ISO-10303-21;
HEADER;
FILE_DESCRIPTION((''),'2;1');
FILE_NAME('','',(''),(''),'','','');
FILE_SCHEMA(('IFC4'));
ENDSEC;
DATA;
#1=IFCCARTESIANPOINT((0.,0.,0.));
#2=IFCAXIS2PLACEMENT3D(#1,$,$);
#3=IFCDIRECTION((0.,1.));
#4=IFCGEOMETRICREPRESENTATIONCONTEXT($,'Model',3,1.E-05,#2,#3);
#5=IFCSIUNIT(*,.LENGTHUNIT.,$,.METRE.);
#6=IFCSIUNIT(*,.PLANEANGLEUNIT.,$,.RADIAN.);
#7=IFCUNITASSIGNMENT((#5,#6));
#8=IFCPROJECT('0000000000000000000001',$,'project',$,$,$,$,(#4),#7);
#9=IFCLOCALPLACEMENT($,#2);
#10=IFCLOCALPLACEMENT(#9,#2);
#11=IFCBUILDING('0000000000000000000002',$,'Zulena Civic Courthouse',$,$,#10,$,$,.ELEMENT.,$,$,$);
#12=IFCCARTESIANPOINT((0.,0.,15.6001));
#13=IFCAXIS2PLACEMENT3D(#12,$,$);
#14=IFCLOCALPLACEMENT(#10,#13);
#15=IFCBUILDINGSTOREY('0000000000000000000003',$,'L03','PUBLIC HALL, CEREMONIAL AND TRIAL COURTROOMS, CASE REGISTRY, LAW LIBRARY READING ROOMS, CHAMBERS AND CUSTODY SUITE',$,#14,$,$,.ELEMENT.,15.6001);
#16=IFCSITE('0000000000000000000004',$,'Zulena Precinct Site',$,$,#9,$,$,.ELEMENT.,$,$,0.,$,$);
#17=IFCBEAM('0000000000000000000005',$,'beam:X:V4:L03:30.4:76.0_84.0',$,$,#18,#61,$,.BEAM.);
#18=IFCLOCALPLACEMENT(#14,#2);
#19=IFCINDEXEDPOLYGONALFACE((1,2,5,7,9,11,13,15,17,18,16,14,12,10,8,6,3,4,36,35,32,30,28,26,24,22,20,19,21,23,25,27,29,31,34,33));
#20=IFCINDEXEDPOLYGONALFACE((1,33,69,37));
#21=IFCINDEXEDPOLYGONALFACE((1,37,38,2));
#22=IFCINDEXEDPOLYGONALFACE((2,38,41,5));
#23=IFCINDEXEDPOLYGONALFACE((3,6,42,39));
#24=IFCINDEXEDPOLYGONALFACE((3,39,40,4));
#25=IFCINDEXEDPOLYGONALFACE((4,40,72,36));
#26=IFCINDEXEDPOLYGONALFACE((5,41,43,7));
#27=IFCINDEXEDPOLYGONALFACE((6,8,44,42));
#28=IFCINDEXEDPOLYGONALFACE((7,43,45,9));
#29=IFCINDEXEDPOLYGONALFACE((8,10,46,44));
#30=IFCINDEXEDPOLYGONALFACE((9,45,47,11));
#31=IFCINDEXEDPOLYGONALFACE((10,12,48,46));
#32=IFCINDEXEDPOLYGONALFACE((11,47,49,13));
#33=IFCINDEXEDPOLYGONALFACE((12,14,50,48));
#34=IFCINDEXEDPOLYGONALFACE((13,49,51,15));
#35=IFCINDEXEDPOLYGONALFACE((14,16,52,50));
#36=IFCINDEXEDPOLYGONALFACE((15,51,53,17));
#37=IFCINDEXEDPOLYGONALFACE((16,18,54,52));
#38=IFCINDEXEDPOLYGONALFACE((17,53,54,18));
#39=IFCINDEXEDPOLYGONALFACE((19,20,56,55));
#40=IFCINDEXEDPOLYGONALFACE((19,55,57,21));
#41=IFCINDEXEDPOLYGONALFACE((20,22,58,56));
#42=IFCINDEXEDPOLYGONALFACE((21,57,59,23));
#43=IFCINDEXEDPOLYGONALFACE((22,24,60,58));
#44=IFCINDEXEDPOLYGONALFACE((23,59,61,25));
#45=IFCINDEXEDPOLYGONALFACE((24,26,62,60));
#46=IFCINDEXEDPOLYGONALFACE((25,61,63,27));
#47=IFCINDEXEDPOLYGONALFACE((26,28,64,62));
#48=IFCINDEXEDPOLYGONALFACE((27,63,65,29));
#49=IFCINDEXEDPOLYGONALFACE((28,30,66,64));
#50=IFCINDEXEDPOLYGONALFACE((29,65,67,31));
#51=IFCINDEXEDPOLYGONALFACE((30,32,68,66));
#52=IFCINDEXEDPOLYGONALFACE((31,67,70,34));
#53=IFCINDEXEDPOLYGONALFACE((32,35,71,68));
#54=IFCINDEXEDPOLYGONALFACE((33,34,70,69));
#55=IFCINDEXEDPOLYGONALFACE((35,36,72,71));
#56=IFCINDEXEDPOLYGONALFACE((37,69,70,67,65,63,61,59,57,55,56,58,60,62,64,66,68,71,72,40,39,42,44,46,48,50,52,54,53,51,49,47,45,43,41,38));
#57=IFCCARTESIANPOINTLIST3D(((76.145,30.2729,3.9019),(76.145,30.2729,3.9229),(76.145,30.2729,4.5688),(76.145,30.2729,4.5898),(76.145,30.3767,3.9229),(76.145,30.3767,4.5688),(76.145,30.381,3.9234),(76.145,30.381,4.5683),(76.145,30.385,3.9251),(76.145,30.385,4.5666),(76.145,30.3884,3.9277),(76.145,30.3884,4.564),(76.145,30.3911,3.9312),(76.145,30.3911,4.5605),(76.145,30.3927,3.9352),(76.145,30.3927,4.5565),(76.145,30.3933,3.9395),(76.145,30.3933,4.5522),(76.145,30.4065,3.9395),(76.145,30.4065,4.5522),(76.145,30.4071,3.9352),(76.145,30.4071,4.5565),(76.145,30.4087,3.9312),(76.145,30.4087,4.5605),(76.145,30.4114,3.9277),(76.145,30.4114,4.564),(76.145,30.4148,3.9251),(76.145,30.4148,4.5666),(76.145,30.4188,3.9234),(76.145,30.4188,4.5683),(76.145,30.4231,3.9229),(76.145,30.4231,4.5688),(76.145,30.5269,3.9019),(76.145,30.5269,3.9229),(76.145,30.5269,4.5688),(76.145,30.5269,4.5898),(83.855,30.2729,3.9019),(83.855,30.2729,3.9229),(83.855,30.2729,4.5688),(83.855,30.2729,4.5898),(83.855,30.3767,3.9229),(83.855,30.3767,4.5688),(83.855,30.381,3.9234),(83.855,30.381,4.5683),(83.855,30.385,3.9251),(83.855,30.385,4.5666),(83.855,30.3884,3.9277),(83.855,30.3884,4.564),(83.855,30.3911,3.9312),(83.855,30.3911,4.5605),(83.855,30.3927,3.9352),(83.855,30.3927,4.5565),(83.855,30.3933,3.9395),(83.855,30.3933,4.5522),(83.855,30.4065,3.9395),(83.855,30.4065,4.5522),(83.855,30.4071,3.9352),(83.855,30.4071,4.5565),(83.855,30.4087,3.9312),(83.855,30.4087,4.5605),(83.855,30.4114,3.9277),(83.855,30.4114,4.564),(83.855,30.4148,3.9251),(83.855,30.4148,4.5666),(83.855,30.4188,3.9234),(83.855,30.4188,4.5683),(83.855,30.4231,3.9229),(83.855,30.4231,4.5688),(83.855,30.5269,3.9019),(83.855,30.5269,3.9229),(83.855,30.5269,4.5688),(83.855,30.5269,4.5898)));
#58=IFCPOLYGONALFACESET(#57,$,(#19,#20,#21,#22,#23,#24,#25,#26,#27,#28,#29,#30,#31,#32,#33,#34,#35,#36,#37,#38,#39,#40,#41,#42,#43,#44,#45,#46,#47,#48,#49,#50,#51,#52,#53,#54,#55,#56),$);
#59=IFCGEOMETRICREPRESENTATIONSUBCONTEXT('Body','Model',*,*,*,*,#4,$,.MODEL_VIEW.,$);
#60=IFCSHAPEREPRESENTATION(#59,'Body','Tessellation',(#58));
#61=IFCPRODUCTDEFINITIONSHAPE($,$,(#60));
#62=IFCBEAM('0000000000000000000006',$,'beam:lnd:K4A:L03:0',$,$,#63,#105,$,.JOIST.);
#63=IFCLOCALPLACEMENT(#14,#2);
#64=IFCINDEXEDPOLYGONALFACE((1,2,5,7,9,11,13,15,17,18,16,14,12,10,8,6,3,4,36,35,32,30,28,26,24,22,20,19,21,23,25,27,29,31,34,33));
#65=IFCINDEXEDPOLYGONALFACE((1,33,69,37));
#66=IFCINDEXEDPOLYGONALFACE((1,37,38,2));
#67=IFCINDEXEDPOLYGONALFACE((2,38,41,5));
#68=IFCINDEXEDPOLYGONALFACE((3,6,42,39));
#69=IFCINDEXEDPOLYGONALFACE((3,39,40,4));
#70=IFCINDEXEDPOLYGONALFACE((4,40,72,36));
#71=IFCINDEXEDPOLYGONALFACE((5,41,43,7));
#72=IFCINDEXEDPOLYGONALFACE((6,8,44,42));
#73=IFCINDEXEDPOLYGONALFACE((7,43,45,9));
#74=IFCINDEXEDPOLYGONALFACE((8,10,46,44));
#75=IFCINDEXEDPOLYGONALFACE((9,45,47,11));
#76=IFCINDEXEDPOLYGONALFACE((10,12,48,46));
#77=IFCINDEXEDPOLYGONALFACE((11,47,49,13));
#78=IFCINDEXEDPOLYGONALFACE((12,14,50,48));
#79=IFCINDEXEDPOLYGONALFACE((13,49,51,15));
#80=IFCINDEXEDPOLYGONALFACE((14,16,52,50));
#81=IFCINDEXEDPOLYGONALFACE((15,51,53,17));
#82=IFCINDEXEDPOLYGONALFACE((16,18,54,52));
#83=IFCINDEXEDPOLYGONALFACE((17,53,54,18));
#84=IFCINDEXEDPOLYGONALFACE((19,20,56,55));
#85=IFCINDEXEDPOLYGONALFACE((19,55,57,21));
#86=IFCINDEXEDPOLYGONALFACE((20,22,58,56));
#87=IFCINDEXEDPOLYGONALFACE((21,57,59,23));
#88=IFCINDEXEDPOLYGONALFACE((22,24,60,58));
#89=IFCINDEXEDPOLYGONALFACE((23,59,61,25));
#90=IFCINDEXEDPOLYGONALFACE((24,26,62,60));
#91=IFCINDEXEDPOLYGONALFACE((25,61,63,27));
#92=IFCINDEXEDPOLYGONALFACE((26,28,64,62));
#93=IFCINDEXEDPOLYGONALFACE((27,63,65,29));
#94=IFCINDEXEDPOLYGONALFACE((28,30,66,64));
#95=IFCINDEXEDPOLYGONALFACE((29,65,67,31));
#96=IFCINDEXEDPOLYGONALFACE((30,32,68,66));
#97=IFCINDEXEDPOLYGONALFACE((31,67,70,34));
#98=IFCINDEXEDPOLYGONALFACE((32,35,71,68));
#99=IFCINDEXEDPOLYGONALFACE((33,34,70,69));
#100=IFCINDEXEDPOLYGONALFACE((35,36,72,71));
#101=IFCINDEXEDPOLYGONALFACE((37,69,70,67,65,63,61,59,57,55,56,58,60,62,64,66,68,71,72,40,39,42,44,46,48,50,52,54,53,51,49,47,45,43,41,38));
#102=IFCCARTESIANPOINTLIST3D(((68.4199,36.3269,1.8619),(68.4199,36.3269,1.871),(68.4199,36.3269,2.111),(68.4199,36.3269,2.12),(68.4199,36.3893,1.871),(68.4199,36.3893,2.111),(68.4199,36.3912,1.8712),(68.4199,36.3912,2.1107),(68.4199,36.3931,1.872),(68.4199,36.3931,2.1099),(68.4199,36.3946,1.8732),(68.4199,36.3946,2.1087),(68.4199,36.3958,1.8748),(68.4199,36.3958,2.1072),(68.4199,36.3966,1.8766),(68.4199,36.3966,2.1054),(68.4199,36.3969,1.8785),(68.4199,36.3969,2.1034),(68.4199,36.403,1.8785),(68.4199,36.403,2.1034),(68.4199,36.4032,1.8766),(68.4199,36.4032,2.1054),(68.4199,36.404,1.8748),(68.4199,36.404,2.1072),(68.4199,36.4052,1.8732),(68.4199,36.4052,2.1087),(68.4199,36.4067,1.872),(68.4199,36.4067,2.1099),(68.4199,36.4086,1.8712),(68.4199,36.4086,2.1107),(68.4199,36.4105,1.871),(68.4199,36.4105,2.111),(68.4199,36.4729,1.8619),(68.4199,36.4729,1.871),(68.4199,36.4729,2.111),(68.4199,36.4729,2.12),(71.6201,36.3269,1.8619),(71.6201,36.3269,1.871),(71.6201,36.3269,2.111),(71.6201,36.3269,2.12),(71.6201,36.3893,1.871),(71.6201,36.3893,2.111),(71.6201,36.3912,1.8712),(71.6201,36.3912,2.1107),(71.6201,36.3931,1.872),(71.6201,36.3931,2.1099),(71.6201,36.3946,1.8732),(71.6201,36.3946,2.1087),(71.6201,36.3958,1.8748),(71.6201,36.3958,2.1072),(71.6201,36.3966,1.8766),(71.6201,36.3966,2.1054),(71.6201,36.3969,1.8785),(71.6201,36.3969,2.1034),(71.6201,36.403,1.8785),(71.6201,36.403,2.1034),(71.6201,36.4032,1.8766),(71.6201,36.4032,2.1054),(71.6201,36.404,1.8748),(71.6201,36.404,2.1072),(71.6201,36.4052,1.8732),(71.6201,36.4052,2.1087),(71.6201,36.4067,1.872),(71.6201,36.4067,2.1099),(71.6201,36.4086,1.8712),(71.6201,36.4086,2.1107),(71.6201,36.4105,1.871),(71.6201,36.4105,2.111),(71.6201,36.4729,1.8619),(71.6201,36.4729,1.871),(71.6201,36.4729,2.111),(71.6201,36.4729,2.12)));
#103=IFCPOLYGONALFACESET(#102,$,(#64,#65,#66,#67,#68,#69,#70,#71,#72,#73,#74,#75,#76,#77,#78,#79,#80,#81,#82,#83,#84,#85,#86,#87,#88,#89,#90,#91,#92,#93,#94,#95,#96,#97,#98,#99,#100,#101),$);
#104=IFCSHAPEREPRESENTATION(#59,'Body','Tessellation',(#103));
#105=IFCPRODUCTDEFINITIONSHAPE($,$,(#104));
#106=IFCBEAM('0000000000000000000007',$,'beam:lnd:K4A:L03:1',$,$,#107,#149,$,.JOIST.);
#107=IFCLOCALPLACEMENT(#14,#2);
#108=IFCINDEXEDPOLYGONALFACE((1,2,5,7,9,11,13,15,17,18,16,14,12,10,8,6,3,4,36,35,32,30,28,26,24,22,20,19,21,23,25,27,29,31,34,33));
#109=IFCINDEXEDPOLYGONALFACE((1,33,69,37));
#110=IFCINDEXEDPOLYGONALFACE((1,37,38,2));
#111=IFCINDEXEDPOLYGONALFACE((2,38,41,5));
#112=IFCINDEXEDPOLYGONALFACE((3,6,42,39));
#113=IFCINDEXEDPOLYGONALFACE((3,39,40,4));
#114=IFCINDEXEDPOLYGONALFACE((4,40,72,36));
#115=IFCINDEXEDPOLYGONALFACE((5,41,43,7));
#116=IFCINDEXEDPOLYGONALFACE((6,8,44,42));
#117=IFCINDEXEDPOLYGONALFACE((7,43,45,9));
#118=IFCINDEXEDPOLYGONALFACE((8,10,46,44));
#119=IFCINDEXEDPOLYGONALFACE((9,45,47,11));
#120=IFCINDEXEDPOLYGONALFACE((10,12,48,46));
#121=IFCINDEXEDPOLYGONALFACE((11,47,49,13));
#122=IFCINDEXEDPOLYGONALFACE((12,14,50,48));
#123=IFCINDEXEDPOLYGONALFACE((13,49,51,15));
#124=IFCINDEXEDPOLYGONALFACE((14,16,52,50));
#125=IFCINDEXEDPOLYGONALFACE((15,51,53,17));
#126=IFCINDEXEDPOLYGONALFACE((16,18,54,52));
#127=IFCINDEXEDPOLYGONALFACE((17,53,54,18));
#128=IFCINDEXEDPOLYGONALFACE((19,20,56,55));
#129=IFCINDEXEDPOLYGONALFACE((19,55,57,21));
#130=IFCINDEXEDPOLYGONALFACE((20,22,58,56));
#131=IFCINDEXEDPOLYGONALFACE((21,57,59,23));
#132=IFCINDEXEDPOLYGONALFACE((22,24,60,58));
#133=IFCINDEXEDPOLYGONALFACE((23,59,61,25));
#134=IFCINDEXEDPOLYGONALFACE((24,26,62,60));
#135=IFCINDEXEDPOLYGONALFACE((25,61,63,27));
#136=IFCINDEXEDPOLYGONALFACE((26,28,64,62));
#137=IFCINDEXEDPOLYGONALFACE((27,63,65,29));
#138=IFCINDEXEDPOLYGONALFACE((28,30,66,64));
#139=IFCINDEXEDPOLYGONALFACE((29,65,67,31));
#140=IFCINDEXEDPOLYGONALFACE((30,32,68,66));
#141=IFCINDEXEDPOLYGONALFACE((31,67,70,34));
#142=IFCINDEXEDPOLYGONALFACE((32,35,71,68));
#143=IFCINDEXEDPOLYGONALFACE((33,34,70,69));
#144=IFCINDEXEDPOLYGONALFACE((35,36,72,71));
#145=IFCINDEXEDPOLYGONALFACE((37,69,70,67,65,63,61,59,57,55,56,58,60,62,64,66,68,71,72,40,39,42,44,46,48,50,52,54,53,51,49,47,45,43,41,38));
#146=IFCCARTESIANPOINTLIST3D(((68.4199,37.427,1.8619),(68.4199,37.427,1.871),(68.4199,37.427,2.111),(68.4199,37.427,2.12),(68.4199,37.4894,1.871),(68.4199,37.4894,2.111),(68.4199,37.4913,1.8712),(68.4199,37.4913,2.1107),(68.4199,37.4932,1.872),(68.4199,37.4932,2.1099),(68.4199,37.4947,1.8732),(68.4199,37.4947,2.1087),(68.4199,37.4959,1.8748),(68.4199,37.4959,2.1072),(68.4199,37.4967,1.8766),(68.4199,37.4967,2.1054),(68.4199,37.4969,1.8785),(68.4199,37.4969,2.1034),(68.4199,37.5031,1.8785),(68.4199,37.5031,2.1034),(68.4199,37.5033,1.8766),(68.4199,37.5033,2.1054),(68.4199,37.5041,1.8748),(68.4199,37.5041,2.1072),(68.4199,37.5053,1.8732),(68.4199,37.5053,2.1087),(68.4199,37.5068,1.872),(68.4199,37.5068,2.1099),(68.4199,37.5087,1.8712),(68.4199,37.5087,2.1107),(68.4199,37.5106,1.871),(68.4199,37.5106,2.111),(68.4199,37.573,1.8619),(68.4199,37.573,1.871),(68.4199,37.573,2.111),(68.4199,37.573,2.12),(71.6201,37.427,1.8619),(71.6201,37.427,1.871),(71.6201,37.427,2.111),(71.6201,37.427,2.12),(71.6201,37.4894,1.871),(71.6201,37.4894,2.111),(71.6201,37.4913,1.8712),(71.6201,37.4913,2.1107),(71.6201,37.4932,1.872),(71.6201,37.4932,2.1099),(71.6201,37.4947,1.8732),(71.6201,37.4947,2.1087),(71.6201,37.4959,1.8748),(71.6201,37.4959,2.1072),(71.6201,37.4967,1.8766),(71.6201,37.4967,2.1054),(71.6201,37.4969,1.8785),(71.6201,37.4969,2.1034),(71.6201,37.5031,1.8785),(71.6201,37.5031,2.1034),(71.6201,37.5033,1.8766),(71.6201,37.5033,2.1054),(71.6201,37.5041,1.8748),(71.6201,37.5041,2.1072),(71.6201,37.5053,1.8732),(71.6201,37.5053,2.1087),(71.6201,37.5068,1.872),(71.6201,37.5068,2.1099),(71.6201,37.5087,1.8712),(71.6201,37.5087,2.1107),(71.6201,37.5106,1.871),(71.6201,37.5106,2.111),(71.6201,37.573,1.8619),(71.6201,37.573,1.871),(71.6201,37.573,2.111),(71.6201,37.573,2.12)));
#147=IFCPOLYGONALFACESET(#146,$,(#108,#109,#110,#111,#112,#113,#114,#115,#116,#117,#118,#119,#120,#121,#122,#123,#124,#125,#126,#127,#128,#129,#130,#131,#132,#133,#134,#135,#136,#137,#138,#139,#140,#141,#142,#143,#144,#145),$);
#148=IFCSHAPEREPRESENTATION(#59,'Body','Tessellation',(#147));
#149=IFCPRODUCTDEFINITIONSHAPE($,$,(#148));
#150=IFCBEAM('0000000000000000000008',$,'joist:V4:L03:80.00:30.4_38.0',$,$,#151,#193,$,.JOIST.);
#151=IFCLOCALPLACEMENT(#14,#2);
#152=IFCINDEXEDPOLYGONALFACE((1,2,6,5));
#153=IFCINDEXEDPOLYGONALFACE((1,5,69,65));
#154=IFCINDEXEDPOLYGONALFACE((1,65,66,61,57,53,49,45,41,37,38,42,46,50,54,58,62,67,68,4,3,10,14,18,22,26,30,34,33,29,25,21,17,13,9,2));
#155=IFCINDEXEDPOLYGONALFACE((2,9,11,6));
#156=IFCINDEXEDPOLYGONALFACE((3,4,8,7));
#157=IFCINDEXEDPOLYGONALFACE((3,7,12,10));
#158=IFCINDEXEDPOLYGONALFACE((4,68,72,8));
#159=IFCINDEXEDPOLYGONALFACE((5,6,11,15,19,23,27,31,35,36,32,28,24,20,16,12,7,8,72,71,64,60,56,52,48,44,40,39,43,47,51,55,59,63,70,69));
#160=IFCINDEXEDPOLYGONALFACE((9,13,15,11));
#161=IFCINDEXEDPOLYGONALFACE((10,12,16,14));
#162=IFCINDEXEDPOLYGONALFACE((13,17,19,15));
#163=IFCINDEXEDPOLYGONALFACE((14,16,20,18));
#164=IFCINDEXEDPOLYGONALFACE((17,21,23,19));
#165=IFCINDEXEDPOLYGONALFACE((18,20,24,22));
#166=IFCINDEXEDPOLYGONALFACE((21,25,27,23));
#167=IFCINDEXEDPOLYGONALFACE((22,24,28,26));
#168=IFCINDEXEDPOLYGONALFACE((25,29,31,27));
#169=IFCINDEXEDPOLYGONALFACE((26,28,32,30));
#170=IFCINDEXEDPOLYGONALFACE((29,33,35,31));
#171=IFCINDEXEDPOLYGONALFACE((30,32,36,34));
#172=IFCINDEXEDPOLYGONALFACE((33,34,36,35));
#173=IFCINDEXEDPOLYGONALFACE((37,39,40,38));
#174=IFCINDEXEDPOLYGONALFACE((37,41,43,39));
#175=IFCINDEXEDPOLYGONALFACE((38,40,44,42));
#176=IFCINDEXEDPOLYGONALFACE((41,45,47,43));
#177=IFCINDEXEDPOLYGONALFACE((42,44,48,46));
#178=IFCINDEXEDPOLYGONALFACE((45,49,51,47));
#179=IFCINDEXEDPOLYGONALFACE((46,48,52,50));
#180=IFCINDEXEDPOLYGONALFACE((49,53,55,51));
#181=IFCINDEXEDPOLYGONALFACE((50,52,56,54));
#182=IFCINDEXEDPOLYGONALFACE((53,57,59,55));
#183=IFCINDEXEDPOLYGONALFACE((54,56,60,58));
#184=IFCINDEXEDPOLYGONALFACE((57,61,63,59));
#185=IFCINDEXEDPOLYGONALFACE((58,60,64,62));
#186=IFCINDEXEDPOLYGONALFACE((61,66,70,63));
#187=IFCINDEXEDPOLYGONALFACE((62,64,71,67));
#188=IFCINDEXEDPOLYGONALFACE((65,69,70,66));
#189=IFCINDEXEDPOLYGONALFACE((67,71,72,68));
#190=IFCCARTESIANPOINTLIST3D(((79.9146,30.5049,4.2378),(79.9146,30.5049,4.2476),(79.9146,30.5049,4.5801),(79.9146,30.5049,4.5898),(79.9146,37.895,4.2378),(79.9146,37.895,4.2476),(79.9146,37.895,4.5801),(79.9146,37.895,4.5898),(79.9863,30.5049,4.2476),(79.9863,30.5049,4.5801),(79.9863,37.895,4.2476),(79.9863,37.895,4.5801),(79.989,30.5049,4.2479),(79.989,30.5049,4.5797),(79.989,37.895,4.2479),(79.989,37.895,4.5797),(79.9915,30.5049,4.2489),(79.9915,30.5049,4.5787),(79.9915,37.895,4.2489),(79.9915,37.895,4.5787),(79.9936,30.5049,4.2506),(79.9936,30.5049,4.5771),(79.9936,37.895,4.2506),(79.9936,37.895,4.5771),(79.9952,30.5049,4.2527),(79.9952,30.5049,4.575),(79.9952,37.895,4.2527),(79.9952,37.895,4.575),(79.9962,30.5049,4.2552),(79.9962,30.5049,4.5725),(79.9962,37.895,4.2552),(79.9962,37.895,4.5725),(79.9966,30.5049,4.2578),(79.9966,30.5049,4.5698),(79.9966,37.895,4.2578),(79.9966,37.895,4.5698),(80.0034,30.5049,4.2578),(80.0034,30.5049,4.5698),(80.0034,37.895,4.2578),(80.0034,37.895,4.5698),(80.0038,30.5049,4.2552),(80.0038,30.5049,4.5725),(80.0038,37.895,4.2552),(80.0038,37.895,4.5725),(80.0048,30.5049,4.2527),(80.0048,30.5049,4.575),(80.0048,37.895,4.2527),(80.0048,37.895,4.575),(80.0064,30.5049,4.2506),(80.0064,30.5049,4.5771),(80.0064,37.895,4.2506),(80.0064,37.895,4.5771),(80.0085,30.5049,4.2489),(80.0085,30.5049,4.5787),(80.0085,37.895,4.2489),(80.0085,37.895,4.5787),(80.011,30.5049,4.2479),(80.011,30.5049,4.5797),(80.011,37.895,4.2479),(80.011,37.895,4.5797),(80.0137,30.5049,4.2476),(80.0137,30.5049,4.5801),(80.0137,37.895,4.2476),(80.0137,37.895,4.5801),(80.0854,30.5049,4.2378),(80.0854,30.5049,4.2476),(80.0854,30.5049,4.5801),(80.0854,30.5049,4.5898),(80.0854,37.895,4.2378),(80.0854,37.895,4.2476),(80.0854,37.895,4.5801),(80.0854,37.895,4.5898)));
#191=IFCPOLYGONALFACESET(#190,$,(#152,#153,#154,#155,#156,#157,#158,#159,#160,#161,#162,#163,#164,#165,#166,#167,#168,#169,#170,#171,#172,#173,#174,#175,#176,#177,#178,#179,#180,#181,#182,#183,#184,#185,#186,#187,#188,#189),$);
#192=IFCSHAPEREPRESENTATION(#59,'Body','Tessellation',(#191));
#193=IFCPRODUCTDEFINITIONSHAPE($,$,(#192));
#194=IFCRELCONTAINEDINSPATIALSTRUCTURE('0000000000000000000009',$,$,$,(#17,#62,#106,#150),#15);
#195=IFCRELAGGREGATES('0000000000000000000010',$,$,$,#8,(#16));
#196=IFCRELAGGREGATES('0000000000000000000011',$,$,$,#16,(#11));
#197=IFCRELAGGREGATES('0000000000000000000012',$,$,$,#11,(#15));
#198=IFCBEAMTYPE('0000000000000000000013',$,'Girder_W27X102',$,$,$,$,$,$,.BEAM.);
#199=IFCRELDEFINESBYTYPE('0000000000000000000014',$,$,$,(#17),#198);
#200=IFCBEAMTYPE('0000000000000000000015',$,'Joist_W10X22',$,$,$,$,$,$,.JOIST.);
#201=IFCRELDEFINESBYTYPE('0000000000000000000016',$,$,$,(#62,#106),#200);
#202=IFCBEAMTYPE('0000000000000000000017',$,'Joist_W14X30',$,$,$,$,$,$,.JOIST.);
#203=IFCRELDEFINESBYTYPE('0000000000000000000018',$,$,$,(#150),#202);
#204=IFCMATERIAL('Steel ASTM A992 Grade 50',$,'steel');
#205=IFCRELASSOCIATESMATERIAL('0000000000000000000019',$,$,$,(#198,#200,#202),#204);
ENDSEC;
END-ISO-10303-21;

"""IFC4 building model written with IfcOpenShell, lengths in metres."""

from ifc_helpers import new_model, si_unit, direction, frame, origin, origin_2d, place, context, subcontext, project, spatial, i_section, extrude, material, material_profile, profile_set, type_object, element, save


model = new_model("IFC4")

# Units and contexts
model_context = context("Model", 3, precision=1e-05, world=origin(), true_north=direction((0.0, 1.0)))
body_context = subcontext(model_context, "Body", "Model", "MODEL_VIEW")
ifc_project = project(units=[si_unit("LENGTHUNIT", "METRE"), si_unit("PLANEANGLEUNIT", "RADIAN")], contexts=[model_context])

# Site, building, storey
site_placement = place(None, origin())
site = spatial("IfcSite", under=ifc_project, at=site_placement, Name="Zulena Precinct Site", CompositionType="ELEMENT", RefElevation=0.0)
building_placement = place(site_placement, origin())
building = spatial("IfcBuilding", under=site, at=building_placement, Name="Zulena Civic Courthouse", CompositionType="ELEMENT")
storey_placement = place(building_placement, frame((0.0, 0.0, 15.6001)))
storey = spatial("IfcBuildingStorey", under=building, at=storey_placement, Name="L03", Description="PUBLIC HALL, CEREMONIAL AND TRIAL COURTROOMS, CASE REGISTRY, LAW LIBRARY READING ROOMS, CHAMBERS AND CUSTODY SUITE", CompositionType="ELEMENT", Elevation=15.6001)

# Shared definitions
ifc_material_1 = material(Name="Steel ASTM A992 Grade 50", Category="steel")

# Beams
ifc_material_profile_1 = material_profile(ifc_material_1, i_section(OverallWidth=0.2539, OverallDepth=0.688, WebThickness=0.0132, FlangeThickness=0.021, FilletRadius=0.0166, at=origin_2d()), Name="W27X102")
ifc_profile_set_1 = profile_set([ifc_material_profile_1], Name="Steel ASTM A992 Grade 50")
beam_type_1 = type_object("IfcBeamType", Name="Girder_W27X102", PredefinedType="BEAM", material=ifc_profile_set_1)
beam_1_placement = place(storey_placement, frame((76.145, 30.3999, 4.2458), z_axis=(1.0, 0.0, 0.0), x_axis=(0.0, 1.0, 0.0)))
element("IfcBeam", 1, at=beam_1_placement, inside=storey, type_object=beam_type_1, Name="beam:X:V4:L03:30.4:76.0_84.0", PredefinedType="BEAM", context=body_context, shape_type="SweptSolid", body=[
    extrude(i_section(OverallWidth=0.2539, OverallDepth=0.688, WebThickness=0.0132, FlangeThickness=0.021, FilletRadius=0.0166, at=origin_2d()), origin(), (0.0, 0.0, 1.0), 7.71),
])
ifc_material_profile_2 = material_profile(ifc_material_1, i_section(OverallWidth=0.146, OverallDepth=0.2581, WebThickness=0.0061, FlangeThickness=0.009, FilletRadius=0.0076, at=origin_2d()), Name="W10X22")
ifc_profile_set_2 = profile_set([ifc_material_profile_2], Name="Steel ASTM A992 Grade 50")
beam_type_2 = type_object("IfcBeamType", Name="Joist_W10X22", PredefinedType="JOIST", material=ifc_profile_set_2)
for number, where, z_axis, x_axis, name in (
    (2, (68.4199, 36.3999, 1.991), (1.0, 0.0, 0.0), (0.0, 1.0, 0.0), "beam:lnd:K4A:L03:0"),
    (3, (68.4199, 37.5, 1.991), (1.0, 0.0, 0.0), (0.0, 1.0, 0.0), "beam:lnd:K4A:L03:1"),
):
    element("IfcBeam", number, at=place(storey_placement, frame(where, z_axis=z_axis, x_axis=x_axis)), inside=storey, type_object=beam_type_2, Name=name, PredefinedType="JOIST", context=body_context, shape_type="SweptSolid", body=[
        extrude(i_section(OverallWidth=0.146, OverallDepth=0.2581, WebThickness=0.0061, FlangeThickness=0.009, FilletRadius=0.0076, at=origin_2d()), origin(), (0.0, 0.0, 1.0), 3.2002),
    ])
ifc_material_profile_3 = material_profile(ifc_material_1, i_section(OverallWidth=0.1709, OverallDepth=0.3521, WebThickness=0.0068, FlangeThickness=0.0098, FilletRadius=0.0103, at=origin_2d()), Name="W14X30")
ifc_profile_set_3 = profile_set([ifc_material_profile_3], Name="Steel ASTM A992 Grade 50")
beam_type_3 = type_object("IfcBeamType", Name="Joist_W14X30", PredefinedType="JOIST", material=ifc_profile_set_3)
beam_2_placement = place(storey_placement, frame((80.0, 30.5049, 4.4138), z_axis=(0.0, 1.0, 0.0), x_axis=(-1.0, 0.0, 0.0)))
element("IfcBeam", 4, at=beam_2_placement, inside=storey, type_object=beam_type_3, Name="joist:V4:L03:80.00:30.4_38.0", PredefinedType="JOIST", context=body_context, shape_type="SweptSolid", body=[
    extrude(i_section(OverallWidth=0.1709, OverallDepth=0.3521, WebThickness=0.0068, FlangeThickness=0.0098, FilletRadius=0.0103, at=origin_2d()), origin(), (0.0, 0.0, 1.0), 7.3901),
])

save(model, "model.ifc")
